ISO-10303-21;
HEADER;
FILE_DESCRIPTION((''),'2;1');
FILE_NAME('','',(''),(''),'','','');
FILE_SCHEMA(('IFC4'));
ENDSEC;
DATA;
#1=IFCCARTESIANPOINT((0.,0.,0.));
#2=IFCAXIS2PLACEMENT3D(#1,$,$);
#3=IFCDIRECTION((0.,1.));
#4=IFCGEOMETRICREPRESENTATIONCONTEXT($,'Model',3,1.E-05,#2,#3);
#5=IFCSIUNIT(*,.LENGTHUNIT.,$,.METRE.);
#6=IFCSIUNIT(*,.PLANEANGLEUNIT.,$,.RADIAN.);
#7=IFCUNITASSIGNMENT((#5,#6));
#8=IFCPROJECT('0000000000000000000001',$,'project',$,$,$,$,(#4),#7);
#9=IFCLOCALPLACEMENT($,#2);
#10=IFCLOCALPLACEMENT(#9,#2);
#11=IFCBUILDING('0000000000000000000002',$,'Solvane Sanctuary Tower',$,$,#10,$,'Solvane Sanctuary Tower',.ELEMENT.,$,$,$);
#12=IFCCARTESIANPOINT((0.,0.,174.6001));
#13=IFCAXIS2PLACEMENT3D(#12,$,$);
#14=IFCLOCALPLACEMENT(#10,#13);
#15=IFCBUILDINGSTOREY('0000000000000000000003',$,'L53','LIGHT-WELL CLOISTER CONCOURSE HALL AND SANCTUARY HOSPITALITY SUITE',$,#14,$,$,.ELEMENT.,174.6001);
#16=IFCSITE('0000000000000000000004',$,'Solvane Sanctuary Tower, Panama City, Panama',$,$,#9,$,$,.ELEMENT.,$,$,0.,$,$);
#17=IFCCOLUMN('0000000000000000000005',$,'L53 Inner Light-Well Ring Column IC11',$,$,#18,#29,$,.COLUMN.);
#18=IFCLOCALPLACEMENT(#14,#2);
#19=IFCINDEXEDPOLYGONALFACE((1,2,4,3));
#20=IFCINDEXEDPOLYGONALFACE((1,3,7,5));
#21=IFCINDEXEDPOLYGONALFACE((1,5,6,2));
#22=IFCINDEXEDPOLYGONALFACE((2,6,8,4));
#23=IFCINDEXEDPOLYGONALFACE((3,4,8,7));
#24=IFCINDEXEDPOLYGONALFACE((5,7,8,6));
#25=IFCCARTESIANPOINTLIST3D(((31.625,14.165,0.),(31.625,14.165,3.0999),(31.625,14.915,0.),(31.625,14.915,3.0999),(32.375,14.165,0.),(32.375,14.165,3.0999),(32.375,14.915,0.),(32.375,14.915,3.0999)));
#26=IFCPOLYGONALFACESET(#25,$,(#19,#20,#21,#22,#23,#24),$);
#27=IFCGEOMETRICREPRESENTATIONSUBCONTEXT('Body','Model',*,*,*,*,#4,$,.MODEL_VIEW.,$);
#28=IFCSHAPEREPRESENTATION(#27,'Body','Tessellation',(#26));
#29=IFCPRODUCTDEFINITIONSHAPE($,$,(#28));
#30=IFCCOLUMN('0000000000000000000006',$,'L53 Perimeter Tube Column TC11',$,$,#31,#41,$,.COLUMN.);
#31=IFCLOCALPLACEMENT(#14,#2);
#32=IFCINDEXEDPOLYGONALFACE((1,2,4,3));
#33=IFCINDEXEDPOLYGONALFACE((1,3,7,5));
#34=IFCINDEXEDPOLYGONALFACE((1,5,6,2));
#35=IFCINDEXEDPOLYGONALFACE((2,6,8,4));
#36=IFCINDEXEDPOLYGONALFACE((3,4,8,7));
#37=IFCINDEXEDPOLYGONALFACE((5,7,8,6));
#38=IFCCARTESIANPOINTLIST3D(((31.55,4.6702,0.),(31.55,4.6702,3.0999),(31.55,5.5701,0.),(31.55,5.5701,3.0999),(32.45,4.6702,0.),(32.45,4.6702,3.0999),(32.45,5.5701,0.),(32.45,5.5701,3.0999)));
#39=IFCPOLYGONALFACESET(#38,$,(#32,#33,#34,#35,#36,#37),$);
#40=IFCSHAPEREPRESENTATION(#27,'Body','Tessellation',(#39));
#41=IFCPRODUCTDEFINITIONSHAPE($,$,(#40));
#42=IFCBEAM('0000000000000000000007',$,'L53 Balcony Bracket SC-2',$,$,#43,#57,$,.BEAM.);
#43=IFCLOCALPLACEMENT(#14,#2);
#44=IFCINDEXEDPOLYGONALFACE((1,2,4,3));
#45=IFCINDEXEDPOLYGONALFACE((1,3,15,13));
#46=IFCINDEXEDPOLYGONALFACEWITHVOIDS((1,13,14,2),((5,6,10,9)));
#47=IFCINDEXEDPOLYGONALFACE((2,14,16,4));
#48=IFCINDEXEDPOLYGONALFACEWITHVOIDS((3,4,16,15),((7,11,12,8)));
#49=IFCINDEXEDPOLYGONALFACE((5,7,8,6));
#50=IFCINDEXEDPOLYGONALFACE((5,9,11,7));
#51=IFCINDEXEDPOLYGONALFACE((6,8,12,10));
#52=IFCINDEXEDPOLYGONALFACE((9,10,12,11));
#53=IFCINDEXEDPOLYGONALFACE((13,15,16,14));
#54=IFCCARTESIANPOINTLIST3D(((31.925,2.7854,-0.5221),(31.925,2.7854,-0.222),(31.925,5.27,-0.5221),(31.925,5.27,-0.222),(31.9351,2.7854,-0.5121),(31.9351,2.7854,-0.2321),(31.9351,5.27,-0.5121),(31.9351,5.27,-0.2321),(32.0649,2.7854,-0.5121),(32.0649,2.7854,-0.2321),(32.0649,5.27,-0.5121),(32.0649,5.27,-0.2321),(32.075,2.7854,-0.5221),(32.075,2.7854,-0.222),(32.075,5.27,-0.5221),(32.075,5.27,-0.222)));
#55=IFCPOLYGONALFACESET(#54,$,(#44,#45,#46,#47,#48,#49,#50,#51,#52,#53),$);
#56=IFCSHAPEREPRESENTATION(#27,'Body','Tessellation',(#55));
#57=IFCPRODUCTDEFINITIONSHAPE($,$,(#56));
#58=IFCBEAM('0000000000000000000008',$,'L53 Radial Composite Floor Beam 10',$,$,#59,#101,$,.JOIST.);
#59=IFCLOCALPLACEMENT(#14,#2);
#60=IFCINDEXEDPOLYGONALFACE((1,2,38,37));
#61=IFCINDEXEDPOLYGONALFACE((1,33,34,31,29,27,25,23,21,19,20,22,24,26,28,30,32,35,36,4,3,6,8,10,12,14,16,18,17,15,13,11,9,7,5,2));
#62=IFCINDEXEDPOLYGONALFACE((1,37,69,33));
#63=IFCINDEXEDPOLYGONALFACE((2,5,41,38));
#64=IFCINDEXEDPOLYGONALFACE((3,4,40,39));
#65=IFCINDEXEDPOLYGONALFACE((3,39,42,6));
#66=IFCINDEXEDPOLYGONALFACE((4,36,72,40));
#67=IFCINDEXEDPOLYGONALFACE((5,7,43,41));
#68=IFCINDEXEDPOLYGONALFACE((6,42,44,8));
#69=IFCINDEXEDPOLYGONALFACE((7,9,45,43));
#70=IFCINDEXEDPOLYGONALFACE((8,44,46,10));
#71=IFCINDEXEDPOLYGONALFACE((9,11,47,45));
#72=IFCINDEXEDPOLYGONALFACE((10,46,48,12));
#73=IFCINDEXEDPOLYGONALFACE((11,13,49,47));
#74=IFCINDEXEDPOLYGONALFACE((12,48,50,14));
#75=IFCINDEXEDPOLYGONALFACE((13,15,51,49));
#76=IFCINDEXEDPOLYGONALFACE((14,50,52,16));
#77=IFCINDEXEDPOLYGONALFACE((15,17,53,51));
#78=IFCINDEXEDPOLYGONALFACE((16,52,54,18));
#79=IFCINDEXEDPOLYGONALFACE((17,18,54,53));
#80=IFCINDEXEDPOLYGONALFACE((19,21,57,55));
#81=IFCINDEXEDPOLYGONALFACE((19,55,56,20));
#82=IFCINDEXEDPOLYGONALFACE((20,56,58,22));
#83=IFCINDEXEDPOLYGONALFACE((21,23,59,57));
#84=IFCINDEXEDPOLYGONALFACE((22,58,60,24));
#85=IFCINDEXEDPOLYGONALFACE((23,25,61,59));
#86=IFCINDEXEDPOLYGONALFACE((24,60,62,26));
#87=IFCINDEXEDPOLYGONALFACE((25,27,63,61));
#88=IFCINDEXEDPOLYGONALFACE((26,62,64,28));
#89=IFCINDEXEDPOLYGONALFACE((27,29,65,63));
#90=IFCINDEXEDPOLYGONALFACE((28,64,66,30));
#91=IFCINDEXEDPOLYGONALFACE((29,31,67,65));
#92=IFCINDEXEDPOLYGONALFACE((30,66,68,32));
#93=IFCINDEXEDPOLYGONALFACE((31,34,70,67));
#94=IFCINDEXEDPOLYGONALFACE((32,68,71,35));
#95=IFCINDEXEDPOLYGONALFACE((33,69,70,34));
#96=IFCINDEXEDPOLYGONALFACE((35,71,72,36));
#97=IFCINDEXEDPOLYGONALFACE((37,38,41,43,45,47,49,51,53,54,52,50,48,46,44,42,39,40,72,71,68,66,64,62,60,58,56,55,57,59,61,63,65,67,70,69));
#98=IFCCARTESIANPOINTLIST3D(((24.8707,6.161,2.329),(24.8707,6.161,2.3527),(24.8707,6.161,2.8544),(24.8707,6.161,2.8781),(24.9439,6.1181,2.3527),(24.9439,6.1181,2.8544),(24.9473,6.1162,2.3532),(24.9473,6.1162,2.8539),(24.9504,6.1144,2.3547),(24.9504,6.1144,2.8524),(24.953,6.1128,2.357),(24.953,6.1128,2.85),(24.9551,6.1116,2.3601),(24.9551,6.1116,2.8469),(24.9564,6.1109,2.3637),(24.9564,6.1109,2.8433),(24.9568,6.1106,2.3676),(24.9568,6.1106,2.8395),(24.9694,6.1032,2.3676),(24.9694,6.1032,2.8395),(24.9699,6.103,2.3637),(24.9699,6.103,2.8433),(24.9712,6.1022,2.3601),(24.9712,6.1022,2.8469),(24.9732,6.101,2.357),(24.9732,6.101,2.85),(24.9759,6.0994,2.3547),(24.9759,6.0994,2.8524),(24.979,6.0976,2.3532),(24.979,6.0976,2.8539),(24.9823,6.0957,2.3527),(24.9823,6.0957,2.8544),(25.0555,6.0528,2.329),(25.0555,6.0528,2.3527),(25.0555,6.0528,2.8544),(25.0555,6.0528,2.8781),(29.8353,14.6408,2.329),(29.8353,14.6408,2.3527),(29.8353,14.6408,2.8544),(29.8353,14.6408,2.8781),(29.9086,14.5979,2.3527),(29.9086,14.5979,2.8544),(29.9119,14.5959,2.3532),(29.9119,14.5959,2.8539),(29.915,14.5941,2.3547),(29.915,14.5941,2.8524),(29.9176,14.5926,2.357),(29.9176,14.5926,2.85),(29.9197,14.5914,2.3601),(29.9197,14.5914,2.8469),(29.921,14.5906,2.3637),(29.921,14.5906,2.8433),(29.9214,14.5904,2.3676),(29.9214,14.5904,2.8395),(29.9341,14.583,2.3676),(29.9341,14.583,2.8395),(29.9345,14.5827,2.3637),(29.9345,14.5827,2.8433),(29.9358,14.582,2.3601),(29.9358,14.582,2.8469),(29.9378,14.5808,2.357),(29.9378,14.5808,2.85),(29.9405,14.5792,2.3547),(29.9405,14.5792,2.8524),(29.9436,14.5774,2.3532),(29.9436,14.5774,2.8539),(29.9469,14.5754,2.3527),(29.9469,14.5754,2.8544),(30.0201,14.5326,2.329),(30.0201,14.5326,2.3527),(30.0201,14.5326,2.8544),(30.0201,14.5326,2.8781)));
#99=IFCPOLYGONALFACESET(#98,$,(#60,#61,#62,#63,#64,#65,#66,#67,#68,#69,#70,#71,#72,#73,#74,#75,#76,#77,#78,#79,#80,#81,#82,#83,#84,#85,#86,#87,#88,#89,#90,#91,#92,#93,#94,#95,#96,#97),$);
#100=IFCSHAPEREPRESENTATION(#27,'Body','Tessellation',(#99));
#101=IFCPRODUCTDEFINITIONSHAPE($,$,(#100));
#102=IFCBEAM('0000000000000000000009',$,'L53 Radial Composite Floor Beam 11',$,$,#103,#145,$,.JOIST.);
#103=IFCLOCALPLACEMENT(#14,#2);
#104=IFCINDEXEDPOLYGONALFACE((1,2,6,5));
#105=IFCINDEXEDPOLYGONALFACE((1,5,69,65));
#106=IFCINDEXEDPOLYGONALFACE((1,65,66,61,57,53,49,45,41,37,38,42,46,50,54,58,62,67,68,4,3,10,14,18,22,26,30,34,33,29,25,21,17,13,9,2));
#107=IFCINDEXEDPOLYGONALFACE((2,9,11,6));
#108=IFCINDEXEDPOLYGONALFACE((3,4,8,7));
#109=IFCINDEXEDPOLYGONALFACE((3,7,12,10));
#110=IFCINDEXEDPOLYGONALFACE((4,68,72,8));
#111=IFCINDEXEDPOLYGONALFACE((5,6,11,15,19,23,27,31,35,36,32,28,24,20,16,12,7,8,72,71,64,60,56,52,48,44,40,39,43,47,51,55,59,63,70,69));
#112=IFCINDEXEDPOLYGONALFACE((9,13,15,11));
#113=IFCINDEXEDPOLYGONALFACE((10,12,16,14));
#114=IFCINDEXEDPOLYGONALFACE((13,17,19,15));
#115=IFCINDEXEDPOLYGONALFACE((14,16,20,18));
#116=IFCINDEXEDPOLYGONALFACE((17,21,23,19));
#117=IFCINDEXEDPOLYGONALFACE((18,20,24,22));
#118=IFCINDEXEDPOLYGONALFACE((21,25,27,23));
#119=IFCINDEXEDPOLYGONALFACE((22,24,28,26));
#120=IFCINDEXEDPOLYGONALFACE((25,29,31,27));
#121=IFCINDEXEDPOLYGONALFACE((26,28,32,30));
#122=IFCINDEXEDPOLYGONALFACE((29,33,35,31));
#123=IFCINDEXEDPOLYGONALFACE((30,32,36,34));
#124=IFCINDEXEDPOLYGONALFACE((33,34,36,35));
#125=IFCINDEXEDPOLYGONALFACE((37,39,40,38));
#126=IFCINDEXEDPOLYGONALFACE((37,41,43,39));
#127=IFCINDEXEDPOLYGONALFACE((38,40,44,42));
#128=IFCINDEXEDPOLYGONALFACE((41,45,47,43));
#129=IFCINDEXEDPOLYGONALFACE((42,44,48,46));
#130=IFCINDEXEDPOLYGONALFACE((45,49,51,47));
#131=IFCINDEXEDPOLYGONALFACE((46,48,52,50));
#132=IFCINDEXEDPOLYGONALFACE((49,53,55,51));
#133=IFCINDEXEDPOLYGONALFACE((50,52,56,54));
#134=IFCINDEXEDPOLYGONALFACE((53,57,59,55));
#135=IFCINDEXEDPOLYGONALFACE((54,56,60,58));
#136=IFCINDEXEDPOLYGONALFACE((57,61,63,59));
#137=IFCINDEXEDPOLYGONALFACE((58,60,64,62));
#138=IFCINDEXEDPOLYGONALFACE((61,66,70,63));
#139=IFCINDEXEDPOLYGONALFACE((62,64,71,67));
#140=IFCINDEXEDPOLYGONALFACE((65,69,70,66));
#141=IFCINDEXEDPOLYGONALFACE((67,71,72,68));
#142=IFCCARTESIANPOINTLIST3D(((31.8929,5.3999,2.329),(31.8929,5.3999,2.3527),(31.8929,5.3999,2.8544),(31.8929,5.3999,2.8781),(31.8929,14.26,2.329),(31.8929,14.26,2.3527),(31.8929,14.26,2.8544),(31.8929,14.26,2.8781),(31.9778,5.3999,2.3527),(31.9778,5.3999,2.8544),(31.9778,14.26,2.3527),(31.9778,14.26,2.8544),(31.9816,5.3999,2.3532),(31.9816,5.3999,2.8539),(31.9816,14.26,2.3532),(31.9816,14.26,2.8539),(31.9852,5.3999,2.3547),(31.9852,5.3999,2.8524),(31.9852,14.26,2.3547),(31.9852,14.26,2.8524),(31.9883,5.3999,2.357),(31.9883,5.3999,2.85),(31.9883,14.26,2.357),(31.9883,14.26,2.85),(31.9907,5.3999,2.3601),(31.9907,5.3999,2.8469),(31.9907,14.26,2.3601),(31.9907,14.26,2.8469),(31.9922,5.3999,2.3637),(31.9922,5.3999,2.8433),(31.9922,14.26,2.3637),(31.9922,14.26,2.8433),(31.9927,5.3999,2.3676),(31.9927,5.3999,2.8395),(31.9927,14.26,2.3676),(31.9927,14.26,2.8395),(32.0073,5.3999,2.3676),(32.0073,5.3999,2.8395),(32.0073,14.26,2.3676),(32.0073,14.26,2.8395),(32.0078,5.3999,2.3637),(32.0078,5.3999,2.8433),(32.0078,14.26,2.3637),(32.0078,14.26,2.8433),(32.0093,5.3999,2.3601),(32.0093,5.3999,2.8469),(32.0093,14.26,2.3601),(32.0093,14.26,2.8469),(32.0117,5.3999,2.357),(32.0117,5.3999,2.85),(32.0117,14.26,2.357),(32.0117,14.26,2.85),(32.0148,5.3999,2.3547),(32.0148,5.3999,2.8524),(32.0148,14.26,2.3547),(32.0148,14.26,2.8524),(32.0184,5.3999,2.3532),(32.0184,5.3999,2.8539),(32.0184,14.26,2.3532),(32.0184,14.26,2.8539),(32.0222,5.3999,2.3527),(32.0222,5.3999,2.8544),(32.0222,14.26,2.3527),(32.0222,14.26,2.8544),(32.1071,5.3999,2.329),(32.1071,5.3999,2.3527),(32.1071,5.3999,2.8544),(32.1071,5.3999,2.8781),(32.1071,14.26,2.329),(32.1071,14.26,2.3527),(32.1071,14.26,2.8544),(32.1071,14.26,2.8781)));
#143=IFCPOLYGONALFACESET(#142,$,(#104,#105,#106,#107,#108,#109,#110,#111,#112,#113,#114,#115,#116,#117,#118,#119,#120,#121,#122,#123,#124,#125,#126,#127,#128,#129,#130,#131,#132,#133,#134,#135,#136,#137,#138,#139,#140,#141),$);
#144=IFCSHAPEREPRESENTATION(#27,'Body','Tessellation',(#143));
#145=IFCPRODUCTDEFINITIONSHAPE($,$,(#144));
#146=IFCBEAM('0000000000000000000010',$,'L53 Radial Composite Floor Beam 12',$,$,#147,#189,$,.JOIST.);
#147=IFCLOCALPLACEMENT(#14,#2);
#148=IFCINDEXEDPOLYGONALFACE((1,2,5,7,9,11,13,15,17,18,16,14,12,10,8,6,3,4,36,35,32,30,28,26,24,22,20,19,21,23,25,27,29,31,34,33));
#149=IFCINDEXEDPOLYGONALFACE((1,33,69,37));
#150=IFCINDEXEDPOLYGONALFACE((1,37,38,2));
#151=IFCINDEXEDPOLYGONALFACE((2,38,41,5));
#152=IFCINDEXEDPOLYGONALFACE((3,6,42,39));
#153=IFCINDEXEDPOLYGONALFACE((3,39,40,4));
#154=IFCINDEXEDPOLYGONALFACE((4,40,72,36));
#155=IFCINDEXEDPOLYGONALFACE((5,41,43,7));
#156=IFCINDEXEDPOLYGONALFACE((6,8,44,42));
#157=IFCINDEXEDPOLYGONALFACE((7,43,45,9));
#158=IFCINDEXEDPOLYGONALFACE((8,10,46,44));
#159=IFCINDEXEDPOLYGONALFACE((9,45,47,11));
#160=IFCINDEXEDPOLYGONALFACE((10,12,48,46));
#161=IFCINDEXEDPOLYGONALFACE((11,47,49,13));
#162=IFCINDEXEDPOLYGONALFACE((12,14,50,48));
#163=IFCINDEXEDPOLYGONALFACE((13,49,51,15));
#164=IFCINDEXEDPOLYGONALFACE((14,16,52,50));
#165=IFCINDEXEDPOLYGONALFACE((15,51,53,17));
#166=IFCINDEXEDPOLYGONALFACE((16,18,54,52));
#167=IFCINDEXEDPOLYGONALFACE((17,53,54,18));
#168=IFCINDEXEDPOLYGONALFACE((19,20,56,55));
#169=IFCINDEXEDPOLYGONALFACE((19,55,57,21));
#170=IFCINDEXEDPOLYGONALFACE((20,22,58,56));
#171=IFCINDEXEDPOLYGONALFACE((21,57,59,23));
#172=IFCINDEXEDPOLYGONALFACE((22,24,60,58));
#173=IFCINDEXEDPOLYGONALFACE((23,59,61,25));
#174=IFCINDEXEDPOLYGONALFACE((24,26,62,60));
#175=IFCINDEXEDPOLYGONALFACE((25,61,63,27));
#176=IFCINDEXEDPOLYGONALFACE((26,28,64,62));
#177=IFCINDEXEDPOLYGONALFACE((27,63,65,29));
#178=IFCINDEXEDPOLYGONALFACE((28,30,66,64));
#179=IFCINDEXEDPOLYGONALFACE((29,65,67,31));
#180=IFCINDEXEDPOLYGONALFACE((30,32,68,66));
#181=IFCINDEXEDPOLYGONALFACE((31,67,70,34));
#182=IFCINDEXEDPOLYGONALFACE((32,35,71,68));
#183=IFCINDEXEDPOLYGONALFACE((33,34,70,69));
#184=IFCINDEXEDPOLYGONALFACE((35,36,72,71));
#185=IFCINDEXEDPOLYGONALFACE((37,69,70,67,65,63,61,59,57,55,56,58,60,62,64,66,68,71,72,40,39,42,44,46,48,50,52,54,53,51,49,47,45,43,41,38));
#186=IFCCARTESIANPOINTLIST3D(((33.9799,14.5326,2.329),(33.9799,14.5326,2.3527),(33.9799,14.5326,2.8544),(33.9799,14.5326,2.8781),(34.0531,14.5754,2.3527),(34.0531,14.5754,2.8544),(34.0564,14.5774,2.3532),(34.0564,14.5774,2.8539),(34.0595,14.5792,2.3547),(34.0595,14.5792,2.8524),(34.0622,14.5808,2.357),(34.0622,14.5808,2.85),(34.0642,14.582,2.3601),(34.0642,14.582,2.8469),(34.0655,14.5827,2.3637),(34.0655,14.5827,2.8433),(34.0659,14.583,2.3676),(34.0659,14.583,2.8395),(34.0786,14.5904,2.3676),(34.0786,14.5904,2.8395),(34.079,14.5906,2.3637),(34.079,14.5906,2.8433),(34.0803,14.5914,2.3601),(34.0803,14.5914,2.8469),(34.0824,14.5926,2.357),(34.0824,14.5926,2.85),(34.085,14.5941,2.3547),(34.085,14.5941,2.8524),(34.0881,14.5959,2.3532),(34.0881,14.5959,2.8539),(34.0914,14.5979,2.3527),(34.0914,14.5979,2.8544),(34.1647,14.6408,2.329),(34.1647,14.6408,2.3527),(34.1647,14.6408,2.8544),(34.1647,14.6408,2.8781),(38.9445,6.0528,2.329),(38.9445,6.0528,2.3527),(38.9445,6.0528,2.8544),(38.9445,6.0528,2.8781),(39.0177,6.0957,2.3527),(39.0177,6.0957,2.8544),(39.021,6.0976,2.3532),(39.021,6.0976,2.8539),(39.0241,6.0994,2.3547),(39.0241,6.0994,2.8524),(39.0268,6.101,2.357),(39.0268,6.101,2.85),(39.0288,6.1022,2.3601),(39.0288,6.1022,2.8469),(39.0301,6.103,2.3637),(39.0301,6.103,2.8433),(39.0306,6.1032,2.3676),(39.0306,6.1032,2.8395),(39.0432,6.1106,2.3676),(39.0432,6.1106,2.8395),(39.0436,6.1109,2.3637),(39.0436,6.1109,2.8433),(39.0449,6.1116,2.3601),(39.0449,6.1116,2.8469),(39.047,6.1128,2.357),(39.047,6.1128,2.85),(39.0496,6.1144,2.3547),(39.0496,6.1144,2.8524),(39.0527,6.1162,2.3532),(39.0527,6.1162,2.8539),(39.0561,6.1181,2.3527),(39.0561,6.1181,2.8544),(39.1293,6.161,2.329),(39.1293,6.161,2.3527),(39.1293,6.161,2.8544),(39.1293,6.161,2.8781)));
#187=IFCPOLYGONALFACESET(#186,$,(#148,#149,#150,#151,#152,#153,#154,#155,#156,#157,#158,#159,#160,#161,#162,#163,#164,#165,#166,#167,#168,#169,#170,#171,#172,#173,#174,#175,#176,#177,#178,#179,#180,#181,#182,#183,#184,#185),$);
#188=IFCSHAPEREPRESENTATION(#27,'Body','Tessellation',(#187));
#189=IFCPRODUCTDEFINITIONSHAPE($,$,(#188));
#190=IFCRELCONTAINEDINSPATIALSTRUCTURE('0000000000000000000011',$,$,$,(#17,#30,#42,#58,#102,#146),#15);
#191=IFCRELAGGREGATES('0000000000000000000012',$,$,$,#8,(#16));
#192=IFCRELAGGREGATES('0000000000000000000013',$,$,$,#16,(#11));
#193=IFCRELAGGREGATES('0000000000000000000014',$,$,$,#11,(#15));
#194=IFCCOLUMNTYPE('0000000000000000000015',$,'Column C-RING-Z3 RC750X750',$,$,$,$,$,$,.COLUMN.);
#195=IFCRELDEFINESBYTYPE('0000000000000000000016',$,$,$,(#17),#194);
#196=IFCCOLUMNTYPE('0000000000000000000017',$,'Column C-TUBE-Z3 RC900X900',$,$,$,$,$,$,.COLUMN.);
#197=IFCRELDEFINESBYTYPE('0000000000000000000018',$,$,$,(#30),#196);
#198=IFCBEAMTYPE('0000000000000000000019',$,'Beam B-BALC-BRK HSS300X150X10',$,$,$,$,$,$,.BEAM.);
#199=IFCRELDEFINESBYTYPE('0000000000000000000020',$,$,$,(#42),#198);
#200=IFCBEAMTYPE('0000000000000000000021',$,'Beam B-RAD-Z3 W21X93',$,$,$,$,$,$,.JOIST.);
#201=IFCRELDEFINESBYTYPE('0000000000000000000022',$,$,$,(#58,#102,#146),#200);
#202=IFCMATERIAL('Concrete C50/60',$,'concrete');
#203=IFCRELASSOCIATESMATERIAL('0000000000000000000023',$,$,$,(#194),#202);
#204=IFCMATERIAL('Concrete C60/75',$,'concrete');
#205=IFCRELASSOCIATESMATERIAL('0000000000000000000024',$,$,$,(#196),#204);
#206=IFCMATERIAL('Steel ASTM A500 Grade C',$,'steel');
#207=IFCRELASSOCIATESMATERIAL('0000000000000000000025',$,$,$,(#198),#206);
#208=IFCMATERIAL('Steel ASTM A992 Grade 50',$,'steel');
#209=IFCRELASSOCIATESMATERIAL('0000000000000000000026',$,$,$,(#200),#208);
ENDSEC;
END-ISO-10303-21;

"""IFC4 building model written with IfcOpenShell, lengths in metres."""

from ifc_helpers import new_model, si_unit, direction, frame, origin, origin_2d, place, context, subcontext, project, spatial, rectangle, hollow_rectangle, i_section, extrude, material, material_profile, profile_set, type_object, element, save


model = new_model("IFC4")

# Units and contexts
model_context = context("Model", 3, precision=1e-05, world=origin(), true_north=direction((0.0, 1.0)))
body_context = subcontext(model_context, "Body", "Model", "MODEL_VIEW")
ifc_project = project(units=[si_unit("LENGTHUNIT", "METRE"), si_unit("PLANEANGLEUNIT", "RADIAN")], contexts=[model_context])

# Site, building, storey
site_placement = place(None, origin())
site = spatial("IfcSite", under=ifc_project, at=site_placement, Name="Solvane Sanctuary Tower, Panama City, Panama", CompositionType="ELEMENT", RefElevation=0.0)
building_placement = place(site_placement, origin())
building = spatial("IfcBuilding", under=site, at=building_placement, Name="Solvane Sanctuary Tower", LongName="Solvane Sanctuary Tower", CompositionType="ELEMENT")
storey_placement = place(building_placement, frame((0.0, 0.0, 174.6001)))
storey = spatial("IfcBuildingStorey", under=building, at=storey_placement, Name="L53", Description="LIGHT-WELL CLOISTER CONCOURSE HALL AND SANCTUARY HOSPITALITY SUITE", CompositionType="ELEMENT", Elevation=174.6001)

# Columns
ifc_material_1 = material(Name="Concrete C50/60", Category="concrete")
ifc_material_profile_1 = material_profile(ifc_material_1, rectangle(XDim=0.75, YDim=0.75, at=origin_2d()), Name="RC750X750")
ifc_profile_set_1 = profile_set([ifc_material_profile_1], Name="Concrete C50/60")
column_type_1 = type_object("IfcColumnType", Name="Column C-RING-Z3 RC750X750", PredefinedType="COLUMN", material=ifc_profile_set_1)
column_1_placement = place(storey_placement, frame((32.0, 14.54, 0.0), z_axis=(0.0, 0.0, 1.0), x_axis=(1.0, 0.0, 0.0)))
element("IfcColumn", 1, at=column_1_placement, inside=storey, type_object=column_type_1, Name="L53 Inner Light-Well Ring Column IC11", PredefinedType="COLUMN", context=body_context, shape_type="SweptSolid", body=[
    extrude(rectangle(XDim=0.75, YDim=0.75, at=origin_2d()), origin(), (0.0, 0.0, 1.0), 3.0999),
])
ifc_material_2 = material(Name="Concrete C60/75", Category="concrete")
ifc_material_profile_2 = material_profile(ifc_material_2, rectangle(XDim=0.8999, YDim=0.8999, at=origin_2d()), Name="RC900X900")
ifc_profile_set_2 = profile_set([ifc_material_profile_2], Name="Concrete C60/75")
column_type_2 = type_object("IfcColumnType", Name="Column C-TUBE-Z3 RC900X900", PredefinedType="COLUMN", material=ifc_profile_set_2)
column_2_placement = place(storey_placement, frame((32.0, 5.1201, 0.0), z_axis=(0.0, 0.0, 1.0), x_axis=(0.0, -1.0, 0.0)))
element("IfcColumn", 2, at=column_2_placement, inside=storey, type_object=column_type_2, Name="L53 Perimeter Tube Column TC11", PredefinedType="COLUMN", context=body_context, shape_type="SweptSolid", body=[
    extrude(rectangle(XDim=0.8999, YDim=0.8999, at=origin_2d()), origin(), (0.0, 0.0, 1.0), 3.0999),
])

# Beams
ifc_material_3 = material(Name="Steel ASTM A500 Grade C", Category="steel")
ifc_material_profile_3 = material_profile(ifc_material_3, hollow_rectangle(XDim=0.1499, YDim=0.3, WallThickness=0.01, at=origin_2d()), Name="HSS300X150X10")
ifc_profile_set_3 = profile_set([ifc_material_profile_3], Name="Steel ASTM A500 Grade C")
beam_type_1 = type_object("IfcBeamType", Name="Beam B-BALC-BRK HSS300X150X10", PredefinedType="BEAM", material=ifc_profile_set_3)
beam_1_placement = place(storey_placement, frame((32.0, 5.27, -0.3721), z_axis=(0.0, -1.0, 0.0), x_axis=(1.0, 0.0, 0.0)))
element("IfcBeam", 3, at=beam_1_placement, inside=storey, type_object=beam_type_1, Name="L53 Balcony Bracket SC-2", PredefinedType="BEAM", context=body_context, shape_type="SweptSolid", body=[
    extrude(hollow_rectangle(XDim=0.1499, YDim=0.3, WallThickness=0.01, at=origin_2d()), origin(), (0.0, 0.0, 1.0), 2.4846),
])
ifc_material_4 = material(Name="Steel ASTM A992 Grade 50", Category="steel")
ifc_material_profile_4 = material_profile(ifc_material_4, i_section(OverallWidth=0.2141, OverallDepth=0.5491, WebThickness=0.0146, FlangeThickness=0.0237, FilletRadius=0.0149, at=origin_2d()), Name="W21X93")
ifc_profile_set_4 = profile_set([ifc_material_profile_4], Name="Steel ASTM A992 Grade 50")
beam_type_2 = type_object("IfcBeamType", Name="Beam B-RAD-Z3 W21X93", PredefinedType="JOIST", material=ifc_profile_set_4)
beam_2_placement = place(storey_placement, frame((29.9277, 14.5867, 2.6035), z_axis=(-0.505244, -0.862977, 0.0), x_axis=(0.862977, -0.505244, 0.0)))
element("IfcBeam", 4, at=beam_2_placement, inside=storey, type_object=beam_type_2, Name="L53 Radial Composite Floor Beam 10", PredefinedType="JOIST", context=body_context, shape_type="SweptSolid", body=[
    extrude(i_section(OverallWidth=0.2141, OverallDepth=0.5491, WebThickness=0.0146, FlangeThickness=0.0237, FilletRadius=0.0149, at=origin_2d()), origin(), (0.0, 0.0, 1.0), 9.8262),
])
beam_3_placement = place(storey_placement, frame((32.0, 14.26, 2.6035), z_axis=(0.0, -1.0, 0.0), x_axis=(1.0, 0.0, 0.0)))
element("IfcBeam", 5, at=beam_3_placement, inside=storey, type_object=beam_type_2, Name="L53 Radial Composite Floor Beam 11", PredefinedType="JOIST", context=body_context, shape_type="SweptSolid", body=[
    extrude(i_section(OverallWidth=0.2141, OverallDepth=0.5491, WebThickness=0.0146, FlangeThickness=0.0237, FilletRadius=0.0149, at=origin_2d()), origin(), (0.0, 0.0, 1.0), 8.8601),
])
beam_4_placement = place(storey_placement, frame((34.0723, 14.5867, 2.6035), z_axis=(0.505244, -0.862977, 0.0), x_axis=(0.862977, 0.505244, 0.0)))
element("IfcBeam", 6, at=beam_4_placement, inside=storey, type_object=beam_type_2, Name="L53 Radial Composite Floor Beam 12", PredefinedType="JOIST", context=body_context, shape_type="SweptSolid", body=[
    extrude(i_section(OverallWidth=0.2141, OverallDepth=0.5491, WebThickness=0.0146, FlangeThickness=0.0237, FilletRadius=0.0149, at=origin_2d()), origin(), (0.0, 0.0, 1.0), 9.8262),
])

save(model, "model.ifc")
